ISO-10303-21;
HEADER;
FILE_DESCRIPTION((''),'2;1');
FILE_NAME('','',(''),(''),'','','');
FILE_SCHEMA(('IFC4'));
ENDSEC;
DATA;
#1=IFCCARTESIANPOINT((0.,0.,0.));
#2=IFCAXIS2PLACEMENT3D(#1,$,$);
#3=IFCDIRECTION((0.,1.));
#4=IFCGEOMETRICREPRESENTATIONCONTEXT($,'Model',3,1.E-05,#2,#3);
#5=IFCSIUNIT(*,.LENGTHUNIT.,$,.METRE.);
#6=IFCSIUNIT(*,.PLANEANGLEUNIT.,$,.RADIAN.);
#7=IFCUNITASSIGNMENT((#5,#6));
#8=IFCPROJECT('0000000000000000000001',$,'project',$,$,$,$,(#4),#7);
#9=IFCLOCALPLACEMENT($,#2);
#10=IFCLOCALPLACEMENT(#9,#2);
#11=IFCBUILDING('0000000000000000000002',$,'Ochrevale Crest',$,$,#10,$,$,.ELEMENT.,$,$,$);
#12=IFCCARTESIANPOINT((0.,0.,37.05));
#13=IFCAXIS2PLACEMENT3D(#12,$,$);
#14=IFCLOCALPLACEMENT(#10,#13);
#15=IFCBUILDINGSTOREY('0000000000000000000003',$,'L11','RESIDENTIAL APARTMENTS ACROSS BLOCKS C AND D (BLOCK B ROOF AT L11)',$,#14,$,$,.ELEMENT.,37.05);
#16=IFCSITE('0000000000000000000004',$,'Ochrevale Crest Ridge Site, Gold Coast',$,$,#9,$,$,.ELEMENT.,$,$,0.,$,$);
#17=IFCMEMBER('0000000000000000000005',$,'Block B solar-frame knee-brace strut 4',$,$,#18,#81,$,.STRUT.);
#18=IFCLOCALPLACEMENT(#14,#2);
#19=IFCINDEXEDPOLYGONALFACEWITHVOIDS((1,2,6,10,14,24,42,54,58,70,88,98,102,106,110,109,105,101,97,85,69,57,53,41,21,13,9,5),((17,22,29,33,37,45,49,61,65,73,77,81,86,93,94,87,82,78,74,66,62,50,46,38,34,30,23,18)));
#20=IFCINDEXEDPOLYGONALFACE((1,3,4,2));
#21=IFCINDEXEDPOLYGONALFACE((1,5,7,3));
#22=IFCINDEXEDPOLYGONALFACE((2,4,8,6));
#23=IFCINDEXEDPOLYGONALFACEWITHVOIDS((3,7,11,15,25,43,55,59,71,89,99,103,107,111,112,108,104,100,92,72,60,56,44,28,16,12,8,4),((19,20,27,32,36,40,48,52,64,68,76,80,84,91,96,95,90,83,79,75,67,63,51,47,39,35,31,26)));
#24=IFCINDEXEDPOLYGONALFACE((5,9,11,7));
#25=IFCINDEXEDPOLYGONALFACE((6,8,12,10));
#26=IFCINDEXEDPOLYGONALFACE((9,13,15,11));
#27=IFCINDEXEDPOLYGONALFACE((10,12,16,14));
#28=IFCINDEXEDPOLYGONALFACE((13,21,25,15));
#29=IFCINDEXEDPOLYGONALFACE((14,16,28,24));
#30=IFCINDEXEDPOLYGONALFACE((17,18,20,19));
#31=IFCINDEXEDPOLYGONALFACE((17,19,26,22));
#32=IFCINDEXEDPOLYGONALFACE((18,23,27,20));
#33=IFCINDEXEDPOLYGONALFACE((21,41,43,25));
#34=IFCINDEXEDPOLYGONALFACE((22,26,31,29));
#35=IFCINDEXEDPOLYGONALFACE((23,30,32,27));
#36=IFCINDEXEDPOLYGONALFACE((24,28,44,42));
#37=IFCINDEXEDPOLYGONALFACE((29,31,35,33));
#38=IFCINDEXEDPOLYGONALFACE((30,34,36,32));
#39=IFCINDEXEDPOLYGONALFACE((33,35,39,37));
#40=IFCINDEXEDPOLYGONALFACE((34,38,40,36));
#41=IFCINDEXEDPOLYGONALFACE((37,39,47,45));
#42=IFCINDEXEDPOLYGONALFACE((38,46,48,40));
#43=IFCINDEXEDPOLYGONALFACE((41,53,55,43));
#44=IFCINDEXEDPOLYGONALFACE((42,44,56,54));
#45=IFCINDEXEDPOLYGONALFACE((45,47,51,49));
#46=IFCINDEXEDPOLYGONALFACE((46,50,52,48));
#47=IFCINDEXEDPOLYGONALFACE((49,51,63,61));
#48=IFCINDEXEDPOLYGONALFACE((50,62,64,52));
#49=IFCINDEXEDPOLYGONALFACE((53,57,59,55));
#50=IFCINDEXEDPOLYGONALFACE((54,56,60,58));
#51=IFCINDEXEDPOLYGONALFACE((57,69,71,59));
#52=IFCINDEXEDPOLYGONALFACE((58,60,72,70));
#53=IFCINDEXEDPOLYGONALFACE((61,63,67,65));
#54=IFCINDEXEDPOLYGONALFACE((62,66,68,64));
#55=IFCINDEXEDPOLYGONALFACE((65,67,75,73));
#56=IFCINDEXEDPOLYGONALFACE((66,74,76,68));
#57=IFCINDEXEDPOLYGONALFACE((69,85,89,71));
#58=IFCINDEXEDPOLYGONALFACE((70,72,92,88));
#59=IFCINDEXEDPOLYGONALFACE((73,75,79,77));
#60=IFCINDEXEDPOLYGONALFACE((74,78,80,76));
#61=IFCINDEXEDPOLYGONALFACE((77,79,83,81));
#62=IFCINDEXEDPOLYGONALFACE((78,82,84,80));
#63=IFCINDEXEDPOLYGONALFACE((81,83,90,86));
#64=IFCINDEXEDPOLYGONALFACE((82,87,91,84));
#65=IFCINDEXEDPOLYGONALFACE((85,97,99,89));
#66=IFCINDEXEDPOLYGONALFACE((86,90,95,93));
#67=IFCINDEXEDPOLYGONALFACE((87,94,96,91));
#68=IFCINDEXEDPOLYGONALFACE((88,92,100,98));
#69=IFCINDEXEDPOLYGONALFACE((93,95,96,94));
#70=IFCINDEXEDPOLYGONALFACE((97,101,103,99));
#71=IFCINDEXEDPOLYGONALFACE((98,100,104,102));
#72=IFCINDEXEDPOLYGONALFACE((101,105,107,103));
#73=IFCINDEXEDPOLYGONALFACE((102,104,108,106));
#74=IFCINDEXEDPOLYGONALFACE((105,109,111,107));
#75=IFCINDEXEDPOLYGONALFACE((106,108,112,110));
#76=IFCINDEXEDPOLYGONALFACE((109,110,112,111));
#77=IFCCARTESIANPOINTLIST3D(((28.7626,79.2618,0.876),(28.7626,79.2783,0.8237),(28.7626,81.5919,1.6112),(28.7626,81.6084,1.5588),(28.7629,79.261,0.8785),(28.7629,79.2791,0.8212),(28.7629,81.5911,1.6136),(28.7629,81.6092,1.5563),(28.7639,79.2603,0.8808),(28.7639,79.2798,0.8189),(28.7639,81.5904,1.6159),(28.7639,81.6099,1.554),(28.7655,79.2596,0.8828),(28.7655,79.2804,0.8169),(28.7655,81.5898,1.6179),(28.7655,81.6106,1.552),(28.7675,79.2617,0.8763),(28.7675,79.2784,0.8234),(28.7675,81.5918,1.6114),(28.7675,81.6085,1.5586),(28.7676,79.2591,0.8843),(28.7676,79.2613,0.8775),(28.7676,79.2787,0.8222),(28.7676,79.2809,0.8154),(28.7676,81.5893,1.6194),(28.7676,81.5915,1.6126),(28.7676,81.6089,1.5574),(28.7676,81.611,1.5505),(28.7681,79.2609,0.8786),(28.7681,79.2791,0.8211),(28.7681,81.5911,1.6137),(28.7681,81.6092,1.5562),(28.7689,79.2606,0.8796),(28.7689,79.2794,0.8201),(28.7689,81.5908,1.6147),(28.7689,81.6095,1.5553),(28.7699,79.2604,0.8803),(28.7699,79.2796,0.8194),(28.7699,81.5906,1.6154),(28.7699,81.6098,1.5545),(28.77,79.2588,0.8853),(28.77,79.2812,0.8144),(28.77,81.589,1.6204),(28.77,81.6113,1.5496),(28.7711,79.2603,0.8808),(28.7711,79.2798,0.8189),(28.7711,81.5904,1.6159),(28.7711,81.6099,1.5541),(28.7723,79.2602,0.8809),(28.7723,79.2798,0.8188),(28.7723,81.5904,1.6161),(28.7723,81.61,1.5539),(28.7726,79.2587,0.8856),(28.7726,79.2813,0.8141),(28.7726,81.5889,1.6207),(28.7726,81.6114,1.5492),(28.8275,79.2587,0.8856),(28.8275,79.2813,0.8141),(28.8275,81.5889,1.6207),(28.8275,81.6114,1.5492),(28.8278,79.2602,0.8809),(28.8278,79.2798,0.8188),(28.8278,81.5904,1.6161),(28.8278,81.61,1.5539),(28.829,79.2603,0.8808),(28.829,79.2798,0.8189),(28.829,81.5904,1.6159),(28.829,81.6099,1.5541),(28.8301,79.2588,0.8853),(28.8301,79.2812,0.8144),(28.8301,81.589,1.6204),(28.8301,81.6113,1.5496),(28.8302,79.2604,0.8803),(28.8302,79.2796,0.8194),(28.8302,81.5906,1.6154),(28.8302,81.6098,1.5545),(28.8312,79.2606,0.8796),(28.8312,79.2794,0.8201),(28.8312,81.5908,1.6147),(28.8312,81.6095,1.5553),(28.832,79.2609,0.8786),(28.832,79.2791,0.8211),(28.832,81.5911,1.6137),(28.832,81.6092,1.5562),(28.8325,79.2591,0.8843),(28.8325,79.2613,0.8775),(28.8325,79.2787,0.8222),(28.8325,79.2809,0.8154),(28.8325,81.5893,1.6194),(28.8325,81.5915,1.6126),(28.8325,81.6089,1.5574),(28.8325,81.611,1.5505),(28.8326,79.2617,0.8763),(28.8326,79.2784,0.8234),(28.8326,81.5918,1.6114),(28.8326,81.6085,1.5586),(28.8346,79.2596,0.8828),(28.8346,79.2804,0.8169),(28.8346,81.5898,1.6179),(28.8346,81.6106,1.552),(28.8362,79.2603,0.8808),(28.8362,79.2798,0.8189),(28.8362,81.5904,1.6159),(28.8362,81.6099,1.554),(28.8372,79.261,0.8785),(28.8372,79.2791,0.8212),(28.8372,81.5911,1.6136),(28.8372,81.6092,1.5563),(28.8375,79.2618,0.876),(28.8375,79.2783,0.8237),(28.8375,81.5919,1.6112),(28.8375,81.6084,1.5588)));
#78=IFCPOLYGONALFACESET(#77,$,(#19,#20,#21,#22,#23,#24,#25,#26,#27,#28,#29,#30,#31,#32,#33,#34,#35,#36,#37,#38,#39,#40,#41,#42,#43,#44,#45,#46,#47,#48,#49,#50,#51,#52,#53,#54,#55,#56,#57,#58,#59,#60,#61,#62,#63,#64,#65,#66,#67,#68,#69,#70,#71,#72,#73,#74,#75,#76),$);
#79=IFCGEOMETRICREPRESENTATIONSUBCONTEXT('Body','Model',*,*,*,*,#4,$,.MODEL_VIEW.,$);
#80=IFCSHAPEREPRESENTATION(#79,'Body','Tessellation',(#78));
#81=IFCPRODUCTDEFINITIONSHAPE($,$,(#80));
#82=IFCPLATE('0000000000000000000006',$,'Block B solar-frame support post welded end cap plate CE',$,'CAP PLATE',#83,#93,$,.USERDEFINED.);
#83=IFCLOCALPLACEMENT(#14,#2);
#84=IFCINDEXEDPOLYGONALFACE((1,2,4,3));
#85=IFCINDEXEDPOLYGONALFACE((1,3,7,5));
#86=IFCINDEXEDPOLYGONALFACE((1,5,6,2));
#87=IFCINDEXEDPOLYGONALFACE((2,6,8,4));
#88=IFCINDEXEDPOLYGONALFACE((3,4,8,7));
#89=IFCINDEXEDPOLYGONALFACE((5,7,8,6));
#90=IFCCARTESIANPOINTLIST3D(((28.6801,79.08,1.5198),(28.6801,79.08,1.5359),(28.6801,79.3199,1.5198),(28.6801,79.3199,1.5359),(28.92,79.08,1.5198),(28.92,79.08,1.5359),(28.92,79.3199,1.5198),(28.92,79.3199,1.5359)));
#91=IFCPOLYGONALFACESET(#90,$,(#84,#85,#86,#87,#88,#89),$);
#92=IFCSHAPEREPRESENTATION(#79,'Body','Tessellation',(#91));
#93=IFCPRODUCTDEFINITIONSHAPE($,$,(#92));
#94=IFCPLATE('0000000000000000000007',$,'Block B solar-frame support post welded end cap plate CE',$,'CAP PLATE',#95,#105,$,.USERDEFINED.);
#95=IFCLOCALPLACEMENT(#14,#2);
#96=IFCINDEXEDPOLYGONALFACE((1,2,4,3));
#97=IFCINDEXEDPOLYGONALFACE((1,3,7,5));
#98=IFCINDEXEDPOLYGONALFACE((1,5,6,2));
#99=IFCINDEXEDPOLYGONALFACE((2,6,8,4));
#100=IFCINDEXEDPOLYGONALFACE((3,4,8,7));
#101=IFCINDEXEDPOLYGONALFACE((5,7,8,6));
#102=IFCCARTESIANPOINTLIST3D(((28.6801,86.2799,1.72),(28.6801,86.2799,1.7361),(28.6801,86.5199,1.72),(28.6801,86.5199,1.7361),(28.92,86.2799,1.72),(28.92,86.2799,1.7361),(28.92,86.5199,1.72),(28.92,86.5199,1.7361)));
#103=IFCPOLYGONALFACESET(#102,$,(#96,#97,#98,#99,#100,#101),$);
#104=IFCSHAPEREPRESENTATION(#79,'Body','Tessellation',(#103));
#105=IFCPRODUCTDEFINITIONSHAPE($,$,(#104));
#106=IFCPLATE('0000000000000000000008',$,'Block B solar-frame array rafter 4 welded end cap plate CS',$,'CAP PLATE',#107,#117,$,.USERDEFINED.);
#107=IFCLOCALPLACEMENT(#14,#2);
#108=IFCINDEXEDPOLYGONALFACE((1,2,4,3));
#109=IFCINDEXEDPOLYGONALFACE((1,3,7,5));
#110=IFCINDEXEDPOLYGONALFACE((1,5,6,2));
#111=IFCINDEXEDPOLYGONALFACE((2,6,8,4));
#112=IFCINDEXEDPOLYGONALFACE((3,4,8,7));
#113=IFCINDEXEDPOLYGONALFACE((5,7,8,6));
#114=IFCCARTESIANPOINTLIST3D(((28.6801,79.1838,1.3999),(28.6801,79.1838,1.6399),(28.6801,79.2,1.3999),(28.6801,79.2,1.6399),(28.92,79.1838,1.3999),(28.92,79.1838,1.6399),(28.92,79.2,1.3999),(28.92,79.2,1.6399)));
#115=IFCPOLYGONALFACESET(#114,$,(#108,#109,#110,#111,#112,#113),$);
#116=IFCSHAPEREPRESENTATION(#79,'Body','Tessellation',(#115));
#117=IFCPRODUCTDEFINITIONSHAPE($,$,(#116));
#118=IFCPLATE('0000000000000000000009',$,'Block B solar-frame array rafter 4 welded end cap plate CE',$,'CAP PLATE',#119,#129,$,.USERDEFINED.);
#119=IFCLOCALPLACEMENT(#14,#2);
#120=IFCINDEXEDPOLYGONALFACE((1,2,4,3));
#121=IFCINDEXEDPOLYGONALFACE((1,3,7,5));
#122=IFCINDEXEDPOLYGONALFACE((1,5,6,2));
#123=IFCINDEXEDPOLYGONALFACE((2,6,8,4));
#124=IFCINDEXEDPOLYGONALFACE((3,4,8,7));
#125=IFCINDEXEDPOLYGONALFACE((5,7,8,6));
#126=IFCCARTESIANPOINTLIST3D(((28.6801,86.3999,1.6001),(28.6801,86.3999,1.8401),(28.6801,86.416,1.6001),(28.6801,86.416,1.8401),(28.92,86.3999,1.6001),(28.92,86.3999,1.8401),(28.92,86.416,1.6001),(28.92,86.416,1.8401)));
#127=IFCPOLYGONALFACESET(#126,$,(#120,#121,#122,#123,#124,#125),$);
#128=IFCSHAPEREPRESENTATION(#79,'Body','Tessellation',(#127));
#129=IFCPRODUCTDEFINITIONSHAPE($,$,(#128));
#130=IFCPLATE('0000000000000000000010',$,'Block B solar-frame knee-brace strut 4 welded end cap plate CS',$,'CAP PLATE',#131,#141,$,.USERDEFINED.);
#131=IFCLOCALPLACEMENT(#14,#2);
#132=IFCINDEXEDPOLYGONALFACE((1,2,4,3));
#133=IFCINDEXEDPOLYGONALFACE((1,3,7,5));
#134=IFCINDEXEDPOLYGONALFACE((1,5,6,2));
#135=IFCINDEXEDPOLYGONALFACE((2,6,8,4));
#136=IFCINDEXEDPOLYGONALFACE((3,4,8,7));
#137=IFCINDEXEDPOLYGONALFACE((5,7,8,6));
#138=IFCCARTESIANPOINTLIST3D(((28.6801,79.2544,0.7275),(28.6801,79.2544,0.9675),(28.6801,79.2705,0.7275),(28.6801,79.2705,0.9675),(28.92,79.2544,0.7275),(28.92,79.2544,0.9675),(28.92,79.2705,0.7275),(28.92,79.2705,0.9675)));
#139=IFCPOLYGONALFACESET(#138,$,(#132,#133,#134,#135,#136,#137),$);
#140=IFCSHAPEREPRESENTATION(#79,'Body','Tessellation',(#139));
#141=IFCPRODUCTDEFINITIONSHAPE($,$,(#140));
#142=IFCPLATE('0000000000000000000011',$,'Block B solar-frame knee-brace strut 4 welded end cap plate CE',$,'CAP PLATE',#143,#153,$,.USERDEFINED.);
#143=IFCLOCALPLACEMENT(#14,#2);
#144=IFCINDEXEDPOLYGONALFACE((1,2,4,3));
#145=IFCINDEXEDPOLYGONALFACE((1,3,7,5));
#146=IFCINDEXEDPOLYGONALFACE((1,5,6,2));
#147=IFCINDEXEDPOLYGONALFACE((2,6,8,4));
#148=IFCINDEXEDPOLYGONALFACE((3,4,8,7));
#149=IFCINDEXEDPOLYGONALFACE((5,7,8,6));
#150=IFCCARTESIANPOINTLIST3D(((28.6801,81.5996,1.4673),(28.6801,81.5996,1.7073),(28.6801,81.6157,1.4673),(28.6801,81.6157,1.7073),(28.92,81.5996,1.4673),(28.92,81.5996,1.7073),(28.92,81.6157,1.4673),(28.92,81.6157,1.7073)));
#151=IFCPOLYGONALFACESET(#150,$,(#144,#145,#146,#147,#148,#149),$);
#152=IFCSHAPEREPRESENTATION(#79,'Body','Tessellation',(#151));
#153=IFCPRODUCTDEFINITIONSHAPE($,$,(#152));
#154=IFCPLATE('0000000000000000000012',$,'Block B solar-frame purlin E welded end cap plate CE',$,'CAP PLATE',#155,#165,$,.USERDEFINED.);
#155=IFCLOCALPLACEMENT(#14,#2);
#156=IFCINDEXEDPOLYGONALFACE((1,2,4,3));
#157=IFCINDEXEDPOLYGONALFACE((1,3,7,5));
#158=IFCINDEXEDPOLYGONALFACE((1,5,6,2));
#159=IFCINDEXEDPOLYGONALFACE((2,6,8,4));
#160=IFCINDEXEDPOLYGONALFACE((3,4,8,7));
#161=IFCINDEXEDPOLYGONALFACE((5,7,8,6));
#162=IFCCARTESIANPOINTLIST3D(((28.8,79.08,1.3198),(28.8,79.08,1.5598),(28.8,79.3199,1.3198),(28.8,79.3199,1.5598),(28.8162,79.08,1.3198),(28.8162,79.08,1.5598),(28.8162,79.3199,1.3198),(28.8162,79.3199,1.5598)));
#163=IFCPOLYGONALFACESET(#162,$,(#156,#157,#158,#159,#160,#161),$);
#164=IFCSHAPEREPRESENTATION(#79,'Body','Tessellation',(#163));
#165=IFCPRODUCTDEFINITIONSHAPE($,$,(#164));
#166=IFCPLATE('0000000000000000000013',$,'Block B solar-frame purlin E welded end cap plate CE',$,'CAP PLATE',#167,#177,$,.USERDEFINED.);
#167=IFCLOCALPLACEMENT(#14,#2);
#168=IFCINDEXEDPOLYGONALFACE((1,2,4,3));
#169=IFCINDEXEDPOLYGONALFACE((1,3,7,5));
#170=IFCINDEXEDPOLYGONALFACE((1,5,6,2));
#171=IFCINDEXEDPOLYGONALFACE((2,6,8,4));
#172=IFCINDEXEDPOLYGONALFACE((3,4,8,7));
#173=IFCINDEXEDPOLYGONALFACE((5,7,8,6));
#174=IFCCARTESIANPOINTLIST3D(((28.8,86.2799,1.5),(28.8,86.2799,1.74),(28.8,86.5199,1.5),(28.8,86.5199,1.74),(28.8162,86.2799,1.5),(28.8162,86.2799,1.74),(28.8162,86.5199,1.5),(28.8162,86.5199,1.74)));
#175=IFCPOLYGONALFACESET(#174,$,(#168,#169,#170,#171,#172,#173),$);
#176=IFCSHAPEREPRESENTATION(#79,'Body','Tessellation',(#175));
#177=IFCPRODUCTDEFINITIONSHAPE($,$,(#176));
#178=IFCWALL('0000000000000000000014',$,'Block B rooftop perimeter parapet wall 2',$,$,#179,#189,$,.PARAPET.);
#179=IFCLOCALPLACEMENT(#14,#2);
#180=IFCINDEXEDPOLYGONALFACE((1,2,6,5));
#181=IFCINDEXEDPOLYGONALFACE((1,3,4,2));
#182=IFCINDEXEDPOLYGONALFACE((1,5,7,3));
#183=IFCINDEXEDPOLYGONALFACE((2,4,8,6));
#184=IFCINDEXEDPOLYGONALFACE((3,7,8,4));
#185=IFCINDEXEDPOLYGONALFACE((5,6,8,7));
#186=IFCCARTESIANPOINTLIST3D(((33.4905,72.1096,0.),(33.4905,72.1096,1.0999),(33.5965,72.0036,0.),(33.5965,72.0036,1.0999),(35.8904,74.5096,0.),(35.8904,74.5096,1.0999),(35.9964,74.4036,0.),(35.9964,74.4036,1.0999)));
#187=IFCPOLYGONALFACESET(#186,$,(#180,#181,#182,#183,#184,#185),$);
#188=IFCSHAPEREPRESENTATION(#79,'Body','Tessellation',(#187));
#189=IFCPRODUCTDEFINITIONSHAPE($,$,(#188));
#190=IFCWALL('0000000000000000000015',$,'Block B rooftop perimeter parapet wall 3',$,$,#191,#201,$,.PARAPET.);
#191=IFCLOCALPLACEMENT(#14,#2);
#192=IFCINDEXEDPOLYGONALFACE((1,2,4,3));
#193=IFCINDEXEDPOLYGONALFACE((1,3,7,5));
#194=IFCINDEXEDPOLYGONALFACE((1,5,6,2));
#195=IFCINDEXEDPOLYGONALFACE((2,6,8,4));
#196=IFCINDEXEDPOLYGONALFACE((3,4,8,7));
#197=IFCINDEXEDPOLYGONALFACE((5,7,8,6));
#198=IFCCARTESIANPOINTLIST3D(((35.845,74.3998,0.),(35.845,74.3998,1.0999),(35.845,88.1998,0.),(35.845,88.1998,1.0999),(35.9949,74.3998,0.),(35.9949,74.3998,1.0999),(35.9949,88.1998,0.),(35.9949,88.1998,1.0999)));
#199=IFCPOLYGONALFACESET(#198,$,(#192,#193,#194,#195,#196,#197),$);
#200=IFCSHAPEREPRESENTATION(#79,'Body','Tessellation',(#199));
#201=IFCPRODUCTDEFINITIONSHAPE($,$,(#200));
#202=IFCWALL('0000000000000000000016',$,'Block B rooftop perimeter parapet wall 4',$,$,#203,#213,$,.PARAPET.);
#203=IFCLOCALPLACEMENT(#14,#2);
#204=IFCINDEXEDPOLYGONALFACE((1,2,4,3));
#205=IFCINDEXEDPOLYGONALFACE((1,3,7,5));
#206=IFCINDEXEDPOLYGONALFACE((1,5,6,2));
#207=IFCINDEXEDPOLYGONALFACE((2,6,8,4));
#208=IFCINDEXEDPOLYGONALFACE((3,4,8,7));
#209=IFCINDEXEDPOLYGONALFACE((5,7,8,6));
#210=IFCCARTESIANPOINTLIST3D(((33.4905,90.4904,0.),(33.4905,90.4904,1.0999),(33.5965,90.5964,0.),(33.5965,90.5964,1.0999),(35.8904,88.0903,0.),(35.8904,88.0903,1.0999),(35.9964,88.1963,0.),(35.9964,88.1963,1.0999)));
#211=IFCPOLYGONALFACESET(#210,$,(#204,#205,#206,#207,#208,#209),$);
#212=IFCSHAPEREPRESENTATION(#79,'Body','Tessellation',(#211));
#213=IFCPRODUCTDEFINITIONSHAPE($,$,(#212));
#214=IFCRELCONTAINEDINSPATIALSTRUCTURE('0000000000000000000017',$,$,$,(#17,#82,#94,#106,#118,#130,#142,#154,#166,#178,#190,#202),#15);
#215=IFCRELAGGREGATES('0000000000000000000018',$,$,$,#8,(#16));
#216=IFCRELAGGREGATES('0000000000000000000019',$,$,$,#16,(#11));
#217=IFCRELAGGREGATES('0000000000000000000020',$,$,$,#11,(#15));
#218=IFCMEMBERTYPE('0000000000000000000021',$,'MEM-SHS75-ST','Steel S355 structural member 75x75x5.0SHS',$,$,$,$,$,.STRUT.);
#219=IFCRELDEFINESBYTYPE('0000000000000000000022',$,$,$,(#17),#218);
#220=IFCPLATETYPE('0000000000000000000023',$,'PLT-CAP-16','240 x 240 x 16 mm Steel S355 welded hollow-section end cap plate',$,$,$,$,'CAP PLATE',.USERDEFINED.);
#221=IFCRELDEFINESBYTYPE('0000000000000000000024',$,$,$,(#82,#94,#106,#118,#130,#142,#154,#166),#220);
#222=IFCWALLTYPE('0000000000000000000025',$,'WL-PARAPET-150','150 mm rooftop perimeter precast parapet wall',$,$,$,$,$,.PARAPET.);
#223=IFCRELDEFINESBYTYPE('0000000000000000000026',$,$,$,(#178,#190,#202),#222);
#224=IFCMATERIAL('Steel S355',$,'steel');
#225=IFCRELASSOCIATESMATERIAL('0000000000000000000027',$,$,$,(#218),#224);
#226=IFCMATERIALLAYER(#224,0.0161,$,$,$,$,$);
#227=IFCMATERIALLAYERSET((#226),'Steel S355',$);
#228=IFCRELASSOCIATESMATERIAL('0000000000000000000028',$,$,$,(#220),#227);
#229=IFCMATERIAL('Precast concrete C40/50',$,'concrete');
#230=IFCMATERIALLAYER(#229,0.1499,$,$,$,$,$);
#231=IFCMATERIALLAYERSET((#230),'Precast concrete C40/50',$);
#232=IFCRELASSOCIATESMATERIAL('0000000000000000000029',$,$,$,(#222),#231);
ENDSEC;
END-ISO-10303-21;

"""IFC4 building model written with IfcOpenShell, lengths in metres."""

from ifc_helpers import new_model, si_unit, direction, frame, frame_2d, origin, origin_2d, place, context, subcontext, project, spatial, rectangle, hollow_rectangle, extrude, material, layer, layer_set, material_profile, profile_set, type_object, element, save


model = new_model("IFC4")

# Units and contexts
model_context = context("Model", 3, precision=1e-05, world=origin(), true_north=direction((0.0, 1.0)))
body_context = subcontext(model_context, "Body", "Model", "MODEL_VIEW")
ifc_project = project(units=[si_unit("LENGTHUNIT", "METRE"), si_unit("PLANEANGLEUNIT", "RADIAN")], contexts=[model_context])

# Site, building, storey
site_placement = place(None, origin())
site = spatial("IfcSite", under=ifc_project, at=site_placement, Name="Ochrevale Crest Ridge Site, Gold Coast", CompositionType="ELEMENT", RefElevation=0.0)
building_placement = place(site_placement, origin())
building = spatial("IfcBuilding", under=site, at=building_placement, Name="Ochrevale Crest", CompositionType="ELEMENT")
storey_placement = place(building_placement, frame((0.0, 0.0, 37.05)))
storey = spatial("IfcBuildingStorey", under=building, at=storey_placement, Name="L11", Description="RESIDENTIAL APARTMENTS ACROSS BLOCKS C AND D (BLOCK B ROOF AT L11)", CompositionType="ELEMENT", Elevation=37.05)

# Shared definitions
ifc_material_1 = material(Name="Precast concrete C40/50", Category="concrete")
ifc_material_2 = material(Name="Steel S355", Category="steel")

# Member
ifc_material_profile_1 = material_profile(ifc_material_2, hollow_rectangle(XDim=0.075, YDim=0.075, WallThickness=0.0049, InnerFilletRadius=0.0049, OuterFilletRadius=0.01, at=origin_2d()), Name="75x75x5.0SHS")
ifc_profile_set_1 = profile_set([ifc_material_profile_1], Name="Steel S355")
member_type_1 = type_object("IfcMemberType", Name="MEM-SHS75-ST", Description="Steel S355 structural member 75x75x5.0SHS", PredefinedType="STRUT", material=ifc_profile_set_1)
member_1_placement = place(storey_placement, frame((28.8, 79.27, 0.8499), z_axis=(0.0, 0.953666, 0.300868), x_axis=(-1.0, 0.0, 0.0)))
element("IfcMember", 1, at=member_1_placement, inside=storey, type_object=member_type_1, Name="Block B solar-frame knee-brace strut 4", PredefinedType="STRUT", context=body_context, shape_type="SweptSolid", body=[
    extrude(hollow_rectangle(XDim=0.075, YDim=0.075, WallThickness=0.0049, InnerFilletRadius=0.0049, OuterFilletRadius=0.01, at=origin_2d()), origin(), (0.0, 0.0, 1.0), 2.4434),
])

# Plates
ifc_layer_1 = layer(ifc_material_2, 0.0161)
ifc_layer_set_1 = layer_set([ifc_layer_1], Name="Steel S355")
plate_type = type_object("IfcPlateType", Name="PLT-CAP-16", Description="240 x 240 x 16 mm Steel S355 welded hollow-section end cap plate", ElementType="CAP PLATE", PredefinedType="USERDEFINED", material=ifc_layer_set_1)
for number, where, z_axis, x_axis, name in (
    (2, (28.8, 79.2, 1.5198), (0.0, 0.0, 1.0), (1.0, 0.0, 0.0), "Block B solar-frame support post welded end cap plate CE"),
    (3, (28.8, 86.3999, 1.72), (0.0, 0.0, 1.0), (1.0, 0.0, 0.0), "Block B solar-frame support post welded end cap plate CE"),
):
    element("IfcPlate", number, at=place(storey_placement, frame(where, z_axis=z_axis, x_axis=x_axis)), inside=storey, type_object=plate_type, Name=name, ObjectType="CAP PLATE", PredefinedType="USERDEFINED", context=body_context, shape_type="SweptSolid", body=[
        extrude(rectangle(XDim=0.24, YDim=0.24, at=origin_2d()), origin(), (0.0, 0.0, 1.0), 0.0161),
    ])
for number, where, z_axis, x_axis, name in (
    (4, (28.8, 79.1919, 1.3999), (0.0, 0.0, 1.0), (0.0, 1.0, 0.0), "Block B solar-frame array rafter 4 welded end cap plate CS"),
    (5, (28.8, 86.408, 1.6001), (0.0, 0.0, 1.0), (0.0, 1.0, 0.0), "Block B solar-frame array rafter 4 welded end cap plate CE"),
    (6, (28.8, 79.2625, 0.7275), (0.0, 0.0, 1.0), (0.0, 1.0, 0.0), "Block B solar-frame knee-brace strut 4 welded end cap plate CS"),
    (7, (28.8, 81.6077, 1.4673), (0.0, 0.0, 1.0), (0.0, 1.0, 0.0), "Block B solar-frame knee-brace strut 4 welded end cap plate CE"),
    (8, (28.8081, 79.2, 1.3198), (0.0, 0.0, 1.0), (1.0, 0.0, 0.0), "Block B solar-frame purlin E welded end cap plate CE"),
    (9, (28.8081, 86.3999, 1.5), (0.0, 0.0, 1.0), (1.0, 0.0, 0.0), "Block B solar-frame purlin E welded end cap plate CE"),
):
    element("IfcPlate", number, at=place(storey_placement, frame(where, z_axis=z_axis, x_axis=x_axis)), inside=storey, type_object=plate_type, Name=name, ObjectType="CAP PLATE", PredefinedType="USERDEFINED", context=body_context, shape_type="SweptSolid", body=[
        extrude(rectangle(XDim=0.0161, YDim=0.24, at=origin_2d()), origin(), (0.0, 0.0, 1.0), 0.24),
    ])

# Walls
ifc_layer_2 = layer(ifc_material_1, 0.1499)
ifc_layer_set_2 = layer_set([ifc_layer_2], Name="Precast concrete C40/50")
wall_type = type_object("IfcWallType", Name="WL-PARAPET-150", Description="150 mm rooftop perimeter precast parapet wall", PredefinedType="PARAPET", material=ifc_layer_set_2)
wall_1_placement = place(storey_placement, frame((33.5435, 72.0566, 0.0), z_axis=(0.0, 0.0, 1.0), x_axis=(0.707107, 0.707107, 0.0)))
element("IfcWall", 10, at=wall_1_placement, inside=storey, type_object=wall_type, Name="Block B rooftop perimeter parapet wall 2", PredefinedType="PARAPET", context=body_context, shape_type="SweptSolid", body=[
    extrude(rectangle(XDim=3.394, YDim=0.1499, at=frame_2d((1.697, 0.0))), origin(), (0.0, 0.0, 1.0), 1.0999),
])
wall_2_placement = place(storey_placement, frame((35.9199, 74.3999, 0.0), z_axis=(0.0, 0.0, 1.0), x_axis=(0.0, 1.0, 0.0)))
element("IfcWall", 11, at=wall_2_placement, inside=storey, type_object=wall_type, Name="Block B rooftop perimeter parapet wall 3", PredefinedType="PARAPET", context=body_context, shape_type="SweptSolid", body=[
    extrude(rectangle(XDim=13.8, YDim=0.1499, at=frame_2d((6.8999, 0.0))), origin(), (0.0, 0.0, 1.0), 1.0999),
])
wall_3_placement = place(storey_placement, frame((35.9434, 88.1433, 0.0), z_axis=(0.0, 0.0, 1.0), x_axis=(-0.707071, 0.707143, 0.0)))
element("IfcWall", 12, at=wall_3_placement, inside=storey, type_object=wall_type, Name="Block B rooftop perimeter parapet wall 4", PredefinedType="PARAPET", context=body_context, shape_type="SweptSolid", body=[
    extrude(rectangle(XDim=3.394, YDim=0.1499, at=frame_2d((1.697, 0.0))), origin(), (0.0, 0.0, 1.0), 1.0999),
])

save(model, "model.ifc")
